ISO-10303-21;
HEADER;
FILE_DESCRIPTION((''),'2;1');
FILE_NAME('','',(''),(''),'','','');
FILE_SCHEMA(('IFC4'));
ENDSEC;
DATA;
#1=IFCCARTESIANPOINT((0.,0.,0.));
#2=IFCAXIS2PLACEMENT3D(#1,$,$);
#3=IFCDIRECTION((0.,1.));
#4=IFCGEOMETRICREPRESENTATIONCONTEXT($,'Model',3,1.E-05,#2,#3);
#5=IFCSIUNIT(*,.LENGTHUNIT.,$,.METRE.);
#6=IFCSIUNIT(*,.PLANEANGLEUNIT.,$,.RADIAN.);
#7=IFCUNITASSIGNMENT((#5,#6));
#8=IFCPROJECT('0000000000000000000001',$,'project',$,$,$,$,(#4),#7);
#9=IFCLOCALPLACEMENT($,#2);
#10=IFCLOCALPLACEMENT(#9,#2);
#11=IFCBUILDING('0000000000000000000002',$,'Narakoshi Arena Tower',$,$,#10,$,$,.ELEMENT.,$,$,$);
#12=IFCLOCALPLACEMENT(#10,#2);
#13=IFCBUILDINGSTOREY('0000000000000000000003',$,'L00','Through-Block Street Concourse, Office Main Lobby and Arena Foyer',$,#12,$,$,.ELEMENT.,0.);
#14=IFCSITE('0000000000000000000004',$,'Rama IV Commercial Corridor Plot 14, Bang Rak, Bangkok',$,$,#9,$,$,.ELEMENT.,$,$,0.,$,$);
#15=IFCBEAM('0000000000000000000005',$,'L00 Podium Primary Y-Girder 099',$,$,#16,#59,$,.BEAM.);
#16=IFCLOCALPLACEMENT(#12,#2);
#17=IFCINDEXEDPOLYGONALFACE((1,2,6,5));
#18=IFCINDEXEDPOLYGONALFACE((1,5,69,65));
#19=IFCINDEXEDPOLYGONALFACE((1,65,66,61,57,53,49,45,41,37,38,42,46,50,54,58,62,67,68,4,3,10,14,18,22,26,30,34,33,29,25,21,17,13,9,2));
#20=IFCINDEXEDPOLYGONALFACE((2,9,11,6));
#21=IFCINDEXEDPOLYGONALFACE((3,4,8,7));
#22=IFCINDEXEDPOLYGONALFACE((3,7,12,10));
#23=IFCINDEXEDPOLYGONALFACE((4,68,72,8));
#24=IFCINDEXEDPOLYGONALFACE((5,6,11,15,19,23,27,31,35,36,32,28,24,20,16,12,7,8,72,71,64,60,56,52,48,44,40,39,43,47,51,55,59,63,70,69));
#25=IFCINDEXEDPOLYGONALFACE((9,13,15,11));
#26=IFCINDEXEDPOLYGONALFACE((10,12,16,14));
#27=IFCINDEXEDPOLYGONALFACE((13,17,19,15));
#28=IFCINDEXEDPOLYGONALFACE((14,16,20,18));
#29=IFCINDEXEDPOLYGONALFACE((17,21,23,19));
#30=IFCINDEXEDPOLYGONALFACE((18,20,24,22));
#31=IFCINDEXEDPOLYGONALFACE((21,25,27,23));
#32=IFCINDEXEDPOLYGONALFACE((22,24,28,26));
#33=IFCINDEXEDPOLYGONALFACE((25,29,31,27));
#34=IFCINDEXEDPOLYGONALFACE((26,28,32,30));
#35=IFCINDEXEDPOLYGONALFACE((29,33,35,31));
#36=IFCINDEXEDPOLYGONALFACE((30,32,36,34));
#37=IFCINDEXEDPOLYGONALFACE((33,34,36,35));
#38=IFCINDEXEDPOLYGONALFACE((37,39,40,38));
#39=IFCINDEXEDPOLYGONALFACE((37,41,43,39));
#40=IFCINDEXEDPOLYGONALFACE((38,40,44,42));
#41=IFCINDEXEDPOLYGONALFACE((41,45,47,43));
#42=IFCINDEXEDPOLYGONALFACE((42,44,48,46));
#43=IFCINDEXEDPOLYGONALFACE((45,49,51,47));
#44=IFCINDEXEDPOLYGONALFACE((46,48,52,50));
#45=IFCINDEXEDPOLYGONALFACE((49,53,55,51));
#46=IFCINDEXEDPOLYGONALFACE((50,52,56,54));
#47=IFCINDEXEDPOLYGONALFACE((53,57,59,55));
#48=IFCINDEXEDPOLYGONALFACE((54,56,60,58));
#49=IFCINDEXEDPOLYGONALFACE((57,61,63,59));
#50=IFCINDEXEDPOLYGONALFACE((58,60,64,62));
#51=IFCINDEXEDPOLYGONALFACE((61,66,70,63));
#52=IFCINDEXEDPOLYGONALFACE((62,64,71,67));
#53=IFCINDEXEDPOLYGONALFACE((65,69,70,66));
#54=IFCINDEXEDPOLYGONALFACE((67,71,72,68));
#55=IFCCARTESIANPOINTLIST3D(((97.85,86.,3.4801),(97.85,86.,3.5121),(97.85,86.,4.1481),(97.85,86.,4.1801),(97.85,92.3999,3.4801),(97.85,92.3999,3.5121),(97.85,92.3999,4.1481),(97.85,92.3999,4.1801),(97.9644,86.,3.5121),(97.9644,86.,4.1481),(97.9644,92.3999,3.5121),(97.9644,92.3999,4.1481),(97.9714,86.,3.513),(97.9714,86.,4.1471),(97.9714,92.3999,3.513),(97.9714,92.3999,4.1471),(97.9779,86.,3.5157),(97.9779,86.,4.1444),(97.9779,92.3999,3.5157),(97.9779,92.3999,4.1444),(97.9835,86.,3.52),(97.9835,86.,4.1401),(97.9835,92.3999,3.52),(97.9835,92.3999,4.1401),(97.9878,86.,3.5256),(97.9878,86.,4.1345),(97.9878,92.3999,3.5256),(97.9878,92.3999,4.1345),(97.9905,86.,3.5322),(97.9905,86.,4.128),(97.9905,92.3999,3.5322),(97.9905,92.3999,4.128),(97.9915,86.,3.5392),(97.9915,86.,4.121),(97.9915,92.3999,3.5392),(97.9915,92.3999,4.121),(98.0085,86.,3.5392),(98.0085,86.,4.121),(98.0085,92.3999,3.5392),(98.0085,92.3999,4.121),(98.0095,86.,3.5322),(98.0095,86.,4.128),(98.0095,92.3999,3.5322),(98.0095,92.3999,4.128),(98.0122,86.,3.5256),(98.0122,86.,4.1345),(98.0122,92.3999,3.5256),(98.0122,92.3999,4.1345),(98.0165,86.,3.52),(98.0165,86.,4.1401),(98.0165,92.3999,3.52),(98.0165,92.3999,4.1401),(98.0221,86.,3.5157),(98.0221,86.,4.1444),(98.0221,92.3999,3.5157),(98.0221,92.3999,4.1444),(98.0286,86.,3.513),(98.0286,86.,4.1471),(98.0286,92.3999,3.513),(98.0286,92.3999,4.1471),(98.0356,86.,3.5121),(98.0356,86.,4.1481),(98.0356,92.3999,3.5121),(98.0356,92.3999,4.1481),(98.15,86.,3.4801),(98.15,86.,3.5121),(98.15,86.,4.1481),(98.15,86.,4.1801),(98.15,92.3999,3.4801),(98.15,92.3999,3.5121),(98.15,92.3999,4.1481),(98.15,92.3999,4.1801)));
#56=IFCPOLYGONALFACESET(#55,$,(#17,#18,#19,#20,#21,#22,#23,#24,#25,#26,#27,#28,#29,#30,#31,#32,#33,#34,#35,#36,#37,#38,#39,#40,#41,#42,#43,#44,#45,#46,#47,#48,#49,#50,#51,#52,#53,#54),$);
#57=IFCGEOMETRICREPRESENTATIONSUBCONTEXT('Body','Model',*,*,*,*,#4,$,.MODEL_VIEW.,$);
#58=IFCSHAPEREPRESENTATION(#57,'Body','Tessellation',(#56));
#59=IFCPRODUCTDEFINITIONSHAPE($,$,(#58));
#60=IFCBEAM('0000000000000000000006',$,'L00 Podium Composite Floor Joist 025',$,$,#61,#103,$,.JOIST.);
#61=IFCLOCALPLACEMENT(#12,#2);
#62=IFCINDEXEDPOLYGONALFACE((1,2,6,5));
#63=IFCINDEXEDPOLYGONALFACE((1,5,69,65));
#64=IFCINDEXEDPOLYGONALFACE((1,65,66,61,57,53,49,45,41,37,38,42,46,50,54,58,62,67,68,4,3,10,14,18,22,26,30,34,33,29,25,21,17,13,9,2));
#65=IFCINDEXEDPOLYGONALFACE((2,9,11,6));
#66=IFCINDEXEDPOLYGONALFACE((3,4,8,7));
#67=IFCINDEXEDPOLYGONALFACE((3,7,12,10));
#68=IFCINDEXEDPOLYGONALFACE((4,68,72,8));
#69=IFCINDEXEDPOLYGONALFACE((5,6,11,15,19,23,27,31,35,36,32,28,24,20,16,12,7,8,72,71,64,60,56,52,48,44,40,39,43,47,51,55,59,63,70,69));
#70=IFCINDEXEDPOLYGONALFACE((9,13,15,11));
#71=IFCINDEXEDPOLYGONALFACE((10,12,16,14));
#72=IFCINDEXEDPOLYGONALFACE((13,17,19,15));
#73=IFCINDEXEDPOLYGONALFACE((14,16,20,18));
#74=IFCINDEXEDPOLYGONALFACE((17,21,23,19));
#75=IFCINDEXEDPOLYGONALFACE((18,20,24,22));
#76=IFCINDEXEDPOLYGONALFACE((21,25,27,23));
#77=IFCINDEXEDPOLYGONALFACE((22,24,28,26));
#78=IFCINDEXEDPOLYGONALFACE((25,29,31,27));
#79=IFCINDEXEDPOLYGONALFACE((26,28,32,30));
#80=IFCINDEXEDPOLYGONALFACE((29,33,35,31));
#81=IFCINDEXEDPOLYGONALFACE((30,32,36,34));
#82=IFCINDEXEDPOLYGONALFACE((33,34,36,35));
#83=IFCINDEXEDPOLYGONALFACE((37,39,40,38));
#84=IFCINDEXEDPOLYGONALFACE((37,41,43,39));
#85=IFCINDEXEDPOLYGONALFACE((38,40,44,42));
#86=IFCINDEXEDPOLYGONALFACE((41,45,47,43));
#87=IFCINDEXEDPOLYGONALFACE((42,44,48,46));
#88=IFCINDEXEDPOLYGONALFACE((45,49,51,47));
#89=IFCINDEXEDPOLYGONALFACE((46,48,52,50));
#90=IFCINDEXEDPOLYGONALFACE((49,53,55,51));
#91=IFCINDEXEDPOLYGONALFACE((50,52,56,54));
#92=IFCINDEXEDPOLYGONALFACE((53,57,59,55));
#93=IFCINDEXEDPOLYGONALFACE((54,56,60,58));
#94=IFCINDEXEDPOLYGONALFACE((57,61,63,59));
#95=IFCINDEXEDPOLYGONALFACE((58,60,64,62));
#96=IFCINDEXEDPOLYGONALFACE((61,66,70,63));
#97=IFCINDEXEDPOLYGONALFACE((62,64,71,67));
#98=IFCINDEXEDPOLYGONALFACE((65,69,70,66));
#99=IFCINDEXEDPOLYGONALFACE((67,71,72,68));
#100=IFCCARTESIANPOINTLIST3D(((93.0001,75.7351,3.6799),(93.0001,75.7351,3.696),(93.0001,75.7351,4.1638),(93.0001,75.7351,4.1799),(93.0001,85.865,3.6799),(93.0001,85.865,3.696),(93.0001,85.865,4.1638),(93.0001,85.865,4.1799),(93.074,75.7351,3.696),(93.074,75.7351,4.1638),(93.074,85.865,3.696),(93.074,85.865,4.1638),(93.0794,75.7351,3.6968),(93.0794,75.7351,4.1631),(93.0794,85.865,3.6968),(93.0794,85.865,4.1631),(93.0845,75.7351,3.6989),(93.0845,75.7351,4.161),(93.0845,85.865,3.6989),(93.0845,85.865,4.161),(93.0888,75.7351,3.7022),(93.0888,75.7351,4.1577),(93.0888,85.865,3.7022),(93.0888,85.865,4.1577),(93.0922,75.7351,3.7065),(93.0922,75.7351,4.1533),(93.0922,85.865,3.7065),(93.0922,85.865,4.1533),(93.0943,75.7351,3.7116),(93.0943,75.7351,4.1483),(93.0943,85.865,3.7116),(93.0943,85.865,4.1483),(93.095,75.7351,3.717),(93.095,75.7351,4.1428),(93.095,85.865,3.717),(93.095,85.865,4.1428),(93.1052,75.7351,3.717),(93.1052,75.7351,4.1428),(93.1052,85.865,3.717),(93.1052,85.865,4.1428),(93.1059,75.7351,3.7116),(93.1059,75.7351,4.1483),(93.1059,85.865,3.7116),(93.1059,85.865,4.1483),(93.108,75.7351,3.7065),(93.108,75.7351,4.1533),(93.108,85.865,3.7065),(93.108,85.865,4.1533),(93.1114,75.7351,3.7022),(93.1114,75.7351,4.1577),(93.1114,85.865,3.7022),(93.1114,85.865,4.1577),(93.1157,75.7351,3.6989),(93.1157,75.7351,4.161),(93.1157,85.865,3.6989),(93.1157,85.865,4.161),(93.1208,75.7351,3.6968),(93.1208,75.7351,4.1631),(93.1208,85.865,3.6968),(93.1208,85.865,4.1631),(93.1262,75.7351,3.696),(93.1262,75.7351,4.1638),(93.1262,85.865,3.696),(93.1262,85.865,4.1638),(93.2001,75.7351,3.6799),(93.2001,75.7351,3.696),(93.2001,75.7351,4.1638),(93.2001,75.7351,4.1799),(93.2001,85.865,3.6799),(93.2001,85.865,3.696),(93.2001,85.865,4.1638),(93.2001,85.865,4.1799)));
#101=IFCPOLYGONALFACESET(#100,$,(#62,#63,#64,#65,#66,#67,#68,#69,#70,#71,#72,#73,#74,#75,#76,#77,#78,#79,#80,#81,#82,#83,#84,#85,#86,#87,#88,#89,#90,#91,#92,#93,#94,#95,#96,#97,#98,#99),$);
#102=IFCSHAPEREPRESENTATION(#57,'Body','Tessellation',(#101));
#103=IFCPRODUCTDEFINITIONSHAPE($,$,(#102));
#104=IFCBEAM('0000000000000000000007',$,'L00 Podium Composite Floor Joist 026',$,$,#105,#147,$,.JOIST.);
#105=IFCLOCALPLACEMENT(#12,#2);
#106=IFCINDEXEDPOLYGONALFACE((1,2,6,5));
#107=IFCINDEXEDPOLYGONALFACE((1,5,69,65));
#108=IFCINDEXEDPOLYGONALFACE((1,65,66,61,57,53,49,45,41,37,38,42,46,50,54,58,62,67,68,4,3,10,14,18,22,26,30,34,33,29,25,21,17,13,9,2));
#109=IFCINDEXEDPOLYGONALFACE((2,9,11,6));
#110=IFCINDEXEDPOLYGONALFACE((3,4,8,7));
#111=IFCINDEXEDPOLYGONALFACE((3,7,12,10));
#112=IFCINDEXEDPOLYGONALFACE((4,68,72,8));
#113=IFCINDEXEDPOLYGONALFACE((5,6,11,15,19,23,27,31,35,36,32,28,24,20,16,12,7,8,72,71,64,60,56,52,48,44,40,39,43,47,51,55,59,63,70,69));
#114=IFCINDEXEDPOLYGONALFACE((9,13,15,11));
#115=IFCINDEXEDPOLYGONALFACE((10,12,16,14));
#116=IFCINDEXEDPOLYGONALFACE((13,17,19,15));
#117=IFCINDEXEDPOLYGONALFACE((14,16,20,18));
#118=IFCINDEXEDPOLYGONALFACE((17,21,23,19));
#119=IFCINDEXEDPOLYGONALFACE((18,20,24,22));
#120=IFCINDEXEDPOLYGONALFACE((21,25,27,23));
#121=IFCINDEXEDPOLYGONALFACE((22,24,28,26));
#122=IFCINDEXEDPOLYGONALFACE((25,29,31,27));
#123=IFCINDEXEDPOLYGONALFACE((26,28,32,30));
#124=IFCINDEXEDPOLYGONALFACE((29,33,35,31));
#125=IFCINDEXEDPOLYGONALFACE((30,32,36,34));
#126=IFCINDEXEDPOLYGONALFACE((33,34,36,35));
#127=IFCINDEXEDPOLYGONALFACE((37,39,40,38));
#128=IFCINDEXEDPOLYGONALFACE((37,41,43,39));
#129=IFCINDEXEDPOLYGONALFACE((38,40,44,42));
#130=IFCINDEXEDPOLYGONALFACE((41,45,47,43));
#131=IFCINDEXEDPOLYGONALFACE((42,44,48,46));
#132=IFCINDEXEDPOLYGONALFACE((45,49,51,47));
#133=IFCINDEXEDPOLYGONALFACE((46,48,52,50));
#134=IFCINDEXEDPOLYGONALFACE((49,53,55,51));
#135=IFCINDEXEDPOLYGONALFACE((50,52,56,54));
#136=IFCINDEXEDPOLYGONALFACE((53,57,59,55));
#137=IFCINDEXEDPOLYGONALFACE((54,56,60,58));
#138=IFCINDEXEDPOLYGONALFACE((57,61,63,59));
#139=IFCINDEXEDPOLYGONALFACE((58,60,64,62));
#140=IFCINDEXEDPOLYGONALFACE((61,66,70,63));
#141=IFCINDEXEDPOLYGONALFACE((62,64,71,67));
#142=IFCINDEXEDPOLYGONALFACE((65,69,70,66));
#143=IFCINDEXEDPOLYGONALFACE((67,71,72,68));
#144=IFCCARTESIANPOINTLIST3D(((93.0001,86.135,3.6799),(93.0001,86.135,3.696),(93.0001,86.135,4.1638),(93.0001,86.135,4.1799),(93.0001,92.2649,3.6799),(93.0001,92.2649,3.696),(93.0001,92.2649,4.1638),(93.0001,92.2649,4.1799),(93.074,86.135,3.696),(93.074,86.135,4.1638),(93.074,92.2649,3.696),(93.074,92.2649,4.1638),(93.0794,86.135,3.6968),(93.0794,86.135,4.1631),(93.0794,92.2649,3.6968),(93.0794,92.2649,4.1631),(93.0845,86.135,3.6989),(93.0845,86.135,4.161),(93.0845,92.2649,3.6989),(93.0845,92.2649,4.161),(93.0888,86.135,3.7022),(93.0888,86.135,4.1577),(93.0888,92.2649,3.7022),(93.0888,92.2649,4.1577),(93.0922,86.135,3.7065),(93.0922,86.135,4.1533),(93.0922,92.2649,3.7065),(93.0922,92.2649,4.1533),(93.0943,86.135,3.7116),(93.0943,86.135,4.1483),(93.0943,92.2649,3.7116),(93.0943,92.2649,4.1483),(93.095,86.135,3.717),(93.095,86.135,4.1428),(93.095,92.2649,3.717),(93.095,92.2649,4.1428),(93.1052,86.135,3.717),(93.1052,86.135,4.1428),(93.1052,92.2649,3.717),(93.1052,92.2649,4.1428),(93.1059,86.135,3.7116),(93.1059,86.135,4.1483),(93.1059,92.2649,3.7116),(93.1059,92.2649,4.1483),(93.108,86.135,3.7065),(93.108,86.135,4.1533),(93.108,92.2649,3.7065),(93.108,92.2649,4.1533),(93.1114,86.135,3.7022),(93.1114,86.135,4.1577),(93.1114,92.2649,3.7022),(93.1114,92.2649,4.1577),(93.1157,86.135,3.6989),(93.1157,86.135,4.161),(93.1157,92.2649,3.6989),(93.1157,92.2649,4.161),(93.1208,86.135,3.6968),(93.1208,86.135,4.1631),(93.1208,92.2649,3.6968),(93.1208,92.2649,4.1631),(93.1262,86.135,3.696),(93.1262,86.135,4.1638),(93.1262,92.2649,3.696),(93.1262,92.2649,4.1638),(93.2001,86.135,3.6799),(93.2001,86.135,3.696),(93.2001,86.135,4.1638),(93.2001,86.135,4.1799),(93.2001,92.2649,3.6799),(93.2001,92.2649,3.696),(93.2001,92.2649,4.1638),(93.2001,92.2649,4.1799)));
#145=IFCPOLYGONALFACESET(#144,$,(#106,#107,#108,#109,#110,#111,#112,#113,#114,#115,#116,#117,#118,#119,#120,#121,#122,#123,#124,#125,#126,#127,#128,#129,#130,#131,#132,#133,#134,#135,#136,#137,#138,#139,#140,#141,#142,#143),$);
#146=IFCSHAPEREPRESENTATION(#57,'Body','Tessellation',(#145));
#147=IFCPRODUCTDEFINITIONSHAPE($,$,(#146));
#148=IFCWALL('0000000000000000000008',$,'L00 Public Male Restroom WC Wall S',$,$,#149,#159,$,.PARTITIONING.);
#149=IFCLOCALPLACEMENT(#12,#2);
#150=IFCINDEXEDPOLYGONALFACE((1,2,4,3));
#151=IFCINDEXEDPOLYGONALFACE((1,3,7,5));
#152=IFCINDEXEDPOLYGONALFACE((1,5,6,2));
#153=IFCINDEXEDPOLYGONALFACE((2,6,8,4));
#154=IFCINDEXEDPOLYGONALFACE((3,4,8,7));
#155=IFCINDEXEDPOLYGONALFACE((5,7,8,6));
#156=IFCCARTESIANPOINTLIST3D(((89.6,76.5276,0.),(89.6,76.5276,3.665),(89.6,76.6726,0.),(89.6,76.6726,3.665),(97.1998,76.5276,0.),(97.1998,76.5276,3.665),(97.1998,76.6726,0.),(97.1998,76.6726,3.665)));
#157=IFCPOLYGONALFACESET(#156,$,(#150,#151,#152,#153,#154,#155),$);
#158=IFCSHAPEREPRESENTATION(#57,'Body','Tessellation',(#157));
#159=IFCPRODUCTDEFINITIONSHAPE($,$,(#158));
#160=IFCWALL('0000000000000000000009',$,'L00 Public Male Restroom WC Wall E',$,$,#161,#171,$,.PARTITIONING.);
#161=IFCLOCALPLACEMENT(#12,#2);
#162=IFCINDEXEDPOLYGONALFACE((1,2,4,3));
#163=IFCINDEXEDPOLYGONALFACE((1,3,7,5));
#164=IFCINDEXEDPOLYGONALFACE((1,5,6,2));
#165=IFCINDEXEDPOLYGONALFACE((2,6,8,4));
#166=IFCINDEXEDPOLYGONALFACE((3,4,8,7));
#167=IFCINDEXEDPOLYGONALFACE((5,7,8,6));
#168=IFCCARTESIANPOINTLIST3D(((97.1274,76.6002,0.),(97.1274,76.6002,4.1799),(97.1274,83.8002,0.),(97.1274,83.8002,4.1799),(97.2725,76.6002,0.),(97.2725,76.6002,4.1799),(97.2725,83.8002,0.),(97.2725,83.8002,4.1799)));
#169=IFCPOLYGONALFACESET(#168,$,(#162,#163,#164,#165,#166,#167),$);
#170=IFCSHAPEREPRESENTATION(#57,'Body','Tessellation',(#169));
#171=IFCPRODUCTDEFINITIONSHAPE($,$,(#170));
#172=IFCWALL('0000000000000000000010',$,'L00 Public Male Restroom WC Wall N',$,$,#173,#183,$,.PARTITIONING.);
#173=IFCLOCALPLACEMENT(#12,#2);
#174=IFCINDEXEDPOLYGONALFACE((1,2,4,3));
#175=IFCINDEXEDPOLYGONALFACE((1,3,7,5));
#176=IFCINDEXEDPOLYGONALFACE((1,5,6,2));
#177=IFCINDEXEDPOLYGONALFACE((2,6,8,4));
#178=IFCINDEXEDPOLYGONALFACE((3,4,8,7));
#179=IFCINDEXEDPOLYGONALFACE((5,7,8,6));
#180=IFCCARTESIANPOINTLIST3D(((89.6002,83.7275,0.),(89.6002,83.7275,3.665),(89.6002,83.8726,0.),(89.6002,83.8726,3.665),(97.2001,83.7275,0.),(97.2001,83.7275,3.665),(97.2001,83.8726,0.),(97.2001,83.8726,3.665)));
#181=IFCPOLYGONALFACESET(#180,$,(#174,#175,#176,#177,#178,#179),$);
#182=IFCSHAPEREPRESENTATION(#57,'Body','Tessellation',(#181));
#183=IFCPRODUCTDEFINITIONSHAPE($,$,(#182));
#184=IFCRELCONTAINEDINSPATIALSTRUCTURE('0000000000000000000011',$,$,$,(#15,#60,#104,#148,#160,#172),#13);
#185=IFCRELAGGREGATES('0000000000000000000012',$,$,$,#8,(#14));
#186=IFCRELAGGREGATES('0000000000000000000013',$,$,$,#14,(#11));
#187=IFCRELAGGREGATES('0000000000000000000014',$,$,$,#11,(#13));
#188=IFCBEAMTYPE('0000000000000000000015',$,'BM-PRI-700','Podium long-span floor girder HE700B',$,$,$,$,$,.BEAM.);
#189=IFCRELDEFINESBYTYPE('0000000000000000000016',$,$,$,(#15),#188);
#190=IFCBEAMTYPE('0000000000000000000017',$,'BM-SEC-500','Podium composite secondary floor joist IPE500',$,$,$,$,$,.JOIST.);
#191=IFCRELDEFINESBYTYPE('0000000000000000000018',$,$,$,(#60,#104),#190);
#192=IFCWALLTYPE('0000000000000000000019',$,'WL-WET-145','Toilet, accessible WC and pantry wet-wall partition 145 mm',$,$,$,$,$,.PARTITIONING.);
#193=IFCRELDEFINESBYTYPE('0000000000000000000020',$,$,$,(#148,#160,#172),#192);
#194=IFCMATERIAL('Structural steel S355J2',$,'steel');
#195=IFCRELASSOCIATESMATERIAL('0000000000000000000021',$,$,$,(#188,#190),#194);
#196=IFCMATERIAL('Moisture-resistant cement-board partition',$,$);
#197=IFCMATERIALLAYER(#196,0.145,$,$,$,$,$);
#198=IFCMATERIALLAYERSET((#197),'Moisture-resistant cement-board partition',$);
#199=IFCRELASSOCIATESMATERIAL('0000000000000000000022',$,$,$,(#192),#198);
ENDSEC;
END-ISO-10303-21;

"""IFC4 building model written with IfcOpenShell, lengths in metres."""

from ifc_helpers import new_model, si_unit, direction, frame, frame_2d, origin, origin_2d, place, context, subcontext, project, spatial, rectangle, i_section, extrude, material, layer, layer_set, material_profile, profile_set, type_object, element, save


model = new_model("IFC4")

# Units and contexts
model_context = context("Model", 3, precision=1e-05, world=origin(), true_north=direction((0.0, 1.0)))
body_context = subcontext(model_context, "Body", "Model", "MODEL_VIEW")
ifc_project = project(units=[si_unit("LENGTHUNIT", "METRE"), si_unit("PLANEANGLEUNIT", "RADIAN")], contexts=[model_context])

# Site, building, storey
site_placement = place(None, origin())
site = spatial("IfcSite", under=ifc_project, at=site_placement, Name="Rama IV Commercial Corridor Plot 14, Bang Rak, Bangkok", CompositionType="ELEMENT", RefElevation=0.0)
building_placement = place(site_placement, origin())
building = spatial("IfcBuilding", under=site, at=building_placement, Name="Narakoshi Arena Tower", CompositionType="ELEMENT")
storey_placement = place(building_placement, origin())
storey = spatial("IfcBuildingStorey", under=building, at=storey_placement, Name="L00", Description="Through-Block Street Concourse, Office Main Lobby and Arena Foyer", CompositionType="ELEMENT", Elevation=0.0)

# Beams
ifc_material_1 = material(Name="Structural steel S355J2", Category="steel")
ifc_material_profile_1 = material_profile(ifc_material_1, i_section(OverallWidth=0.3, OverallDepth=0.7, WebThickness=0.0171, FlangeThickness=0.032, FilletRadius=0.0271, at=origin_2d()), Name="HE700B")
ifc_profile_set_1 = profile_set([ifc_material_profile_1], Name="Structural steel S355J2")
beam_type_1 = type_object("IfcBeamType", Name="BM-PRI-700", Description="Podium long-span floor girder HE700B", PredefinedType="BEAM", material=ifc_profile_set_1)
beam_1_placement = place(storey_placement, frame((98.0, 86.0, 3.8301), z_axis=(0.0, 1.0, 0.0), x_axis=(-1.0, 0.0, 0.0)))
element("IfcBeam", 1, at=beam_1_placement, inside=storey, type_object=beam_type_1, Name="L00 Podium Primary Y-Girder 099", PredefinedType="BEAM", context=body_context, shape_type="SweptSolid", body=[
    extrude(i_section(OverallWidth=0.3, OverallDepth=0.7, WebThickness=0.0171, FlangeThickness=0.032, FilletRadius=0.0271, at=origin_2d()), origin(), (0.0, 0.0, 1.0), 6.3999),
])
ifc_material_profile_2 = material_profile(ifc_material_1, i_section(OverallWidth=0.2, OverallDepth=0.5, WebThickness=0.0103, FlangeThickness=0.0161, FilletRadius=0.021, at=origin_2d()), Name="IPE500")
ifc_profile_set_2 = profile_set([ifc_material_profile_2], Name="Structural steel S355J2")
beam_type_2 = type_object("IfcBeamType", Name="BM-SEC-500", Description="Podium composite secondary floor joist IPE500", PredefinedType="JOIST", material=ifc_profile_set_2)
beam_2_placement = place(storey_placement, frame((93.1001, 75.7351, 3.9299), z_axis=(0.0, 1.0, 0.0), x_axis=(-1.0, 0.0, 0.0)))
element("IfcBeam", 2, at=beam_2_placement, inside=storey, type_object=beam_type_2, Name="L00 Podium Composite Floor Joist 025", PredefinedType="JOIST", context=body_context, shape_type="SweptSolid", body=[
    extrude(i_section(OverallWidth=0.2, OverallDepth=0.5, WebThickness=0.0103, FlangeThickness=0.0161, FilletRadius=0.021, at=origin_2d()), origin(), (0.0, 0.0, 1.0), 10.1299),
])
beam_3_placement = place(storey_placement, frame((93.1001, 86.135, 3.9299), z_axis=(0.0, 1.0, 0.0), x_axis=(-1.0, 0.0, 0.0)))
element("IfcBeam", 3, at=beam_3_placement, inside=storey, type_object=beam_type_2, Name="L00 Podium Composite Floor Joist 026", PredefinedType="JOIST", context=body_context, shape_type="SweptSolid", body=[
    extrude(i_section(OverallWidth=0.2, OverallDepth=0.5, WebThickness=0.0103, FlangeThickness=0.0161, FilletRadius=0.021, at=origin_2d()), origin(), (0.0, 0.0, 1.0), 6.1299),
])

# Walls
ifc_material_2 = material(Name="Moisture-resistant cement-board partition")
ifc_layer = layer(ifc_material_2, 0.145)
ifc_layer_set = layer_set([ifc_layer], Name="Moisture-resistant cement-board partition")
wall_type = type_object("IfcWallType", Name="WL-WET-145", Description="Toilet, accessible WC and pantry wet-wall partition 145 mm", PredefinedType="PARTITIONING", material=ifc_layer_set)
wall_1_placement = place(storey_placement, frame((89.6001, 76.6001, 0.0), z_axis=(0.0, 0.0, 1.0), x_axis=(1.0, 0.0, 0.0)))
element("IfcWall", 4, at=wall_1_placement, inside=storey, type_object=wall_type, Name="L00 Public Male Restroom WC Wall S", PredefinedType="PARTITIONING", context=body_context, shape_type="SweptSolid", body=[
    extrude(rectangle(XDim=7.5999, YDim=0.145, at=frame_2d((3.7998, 0.0))), origin(), (0.0, 0.0, 1.0), 3.665),
])
wall_2_placement = place(storey_placement, frame((97.2, 76.6001, 0.0), z_axis=(0.0, 0.0, 1.0), x_axis=(0.0, 1.0, 0.0)))
element("IfcWall", 5, at=wall_2_placement, inside=storey, type_object=wall_type, Name="L00 Public Male Restroom WC Wall E", PredefinedType="PARTITIONING", context=body_context, shape_type="SweptSolid", body=[
    extrude(rectangle(XDim=7.2, YDim=0.145, at=frame_2d((3.6001, 0.0))), origin(), (0.0, 0.0, 1.0), 4.1799),
])
wall_3_placement = place(storey_placement, frame((97.2, 83.8, 0.0), z_axis=(0.0, 0.0, 1.0), x_axis=(-1.0, 0.0, 0.0)))
element("IfcWall", 6, at=wall_3_placement, inside=storey, type_object=wall_type, Name="L00 Public Male Restroom WC Wall N", PredefinedType="PARTITIONING", context=body_context, shape_type="SweptSolid", body=[
    extrude(rectangle(XDim=7.5999, YDim=0.145, at=frame_2d((3.7998, 0.0))), origin(), (0.0, 0.0, 1.0), 3.665),
])

save(model, "model.ifc")
